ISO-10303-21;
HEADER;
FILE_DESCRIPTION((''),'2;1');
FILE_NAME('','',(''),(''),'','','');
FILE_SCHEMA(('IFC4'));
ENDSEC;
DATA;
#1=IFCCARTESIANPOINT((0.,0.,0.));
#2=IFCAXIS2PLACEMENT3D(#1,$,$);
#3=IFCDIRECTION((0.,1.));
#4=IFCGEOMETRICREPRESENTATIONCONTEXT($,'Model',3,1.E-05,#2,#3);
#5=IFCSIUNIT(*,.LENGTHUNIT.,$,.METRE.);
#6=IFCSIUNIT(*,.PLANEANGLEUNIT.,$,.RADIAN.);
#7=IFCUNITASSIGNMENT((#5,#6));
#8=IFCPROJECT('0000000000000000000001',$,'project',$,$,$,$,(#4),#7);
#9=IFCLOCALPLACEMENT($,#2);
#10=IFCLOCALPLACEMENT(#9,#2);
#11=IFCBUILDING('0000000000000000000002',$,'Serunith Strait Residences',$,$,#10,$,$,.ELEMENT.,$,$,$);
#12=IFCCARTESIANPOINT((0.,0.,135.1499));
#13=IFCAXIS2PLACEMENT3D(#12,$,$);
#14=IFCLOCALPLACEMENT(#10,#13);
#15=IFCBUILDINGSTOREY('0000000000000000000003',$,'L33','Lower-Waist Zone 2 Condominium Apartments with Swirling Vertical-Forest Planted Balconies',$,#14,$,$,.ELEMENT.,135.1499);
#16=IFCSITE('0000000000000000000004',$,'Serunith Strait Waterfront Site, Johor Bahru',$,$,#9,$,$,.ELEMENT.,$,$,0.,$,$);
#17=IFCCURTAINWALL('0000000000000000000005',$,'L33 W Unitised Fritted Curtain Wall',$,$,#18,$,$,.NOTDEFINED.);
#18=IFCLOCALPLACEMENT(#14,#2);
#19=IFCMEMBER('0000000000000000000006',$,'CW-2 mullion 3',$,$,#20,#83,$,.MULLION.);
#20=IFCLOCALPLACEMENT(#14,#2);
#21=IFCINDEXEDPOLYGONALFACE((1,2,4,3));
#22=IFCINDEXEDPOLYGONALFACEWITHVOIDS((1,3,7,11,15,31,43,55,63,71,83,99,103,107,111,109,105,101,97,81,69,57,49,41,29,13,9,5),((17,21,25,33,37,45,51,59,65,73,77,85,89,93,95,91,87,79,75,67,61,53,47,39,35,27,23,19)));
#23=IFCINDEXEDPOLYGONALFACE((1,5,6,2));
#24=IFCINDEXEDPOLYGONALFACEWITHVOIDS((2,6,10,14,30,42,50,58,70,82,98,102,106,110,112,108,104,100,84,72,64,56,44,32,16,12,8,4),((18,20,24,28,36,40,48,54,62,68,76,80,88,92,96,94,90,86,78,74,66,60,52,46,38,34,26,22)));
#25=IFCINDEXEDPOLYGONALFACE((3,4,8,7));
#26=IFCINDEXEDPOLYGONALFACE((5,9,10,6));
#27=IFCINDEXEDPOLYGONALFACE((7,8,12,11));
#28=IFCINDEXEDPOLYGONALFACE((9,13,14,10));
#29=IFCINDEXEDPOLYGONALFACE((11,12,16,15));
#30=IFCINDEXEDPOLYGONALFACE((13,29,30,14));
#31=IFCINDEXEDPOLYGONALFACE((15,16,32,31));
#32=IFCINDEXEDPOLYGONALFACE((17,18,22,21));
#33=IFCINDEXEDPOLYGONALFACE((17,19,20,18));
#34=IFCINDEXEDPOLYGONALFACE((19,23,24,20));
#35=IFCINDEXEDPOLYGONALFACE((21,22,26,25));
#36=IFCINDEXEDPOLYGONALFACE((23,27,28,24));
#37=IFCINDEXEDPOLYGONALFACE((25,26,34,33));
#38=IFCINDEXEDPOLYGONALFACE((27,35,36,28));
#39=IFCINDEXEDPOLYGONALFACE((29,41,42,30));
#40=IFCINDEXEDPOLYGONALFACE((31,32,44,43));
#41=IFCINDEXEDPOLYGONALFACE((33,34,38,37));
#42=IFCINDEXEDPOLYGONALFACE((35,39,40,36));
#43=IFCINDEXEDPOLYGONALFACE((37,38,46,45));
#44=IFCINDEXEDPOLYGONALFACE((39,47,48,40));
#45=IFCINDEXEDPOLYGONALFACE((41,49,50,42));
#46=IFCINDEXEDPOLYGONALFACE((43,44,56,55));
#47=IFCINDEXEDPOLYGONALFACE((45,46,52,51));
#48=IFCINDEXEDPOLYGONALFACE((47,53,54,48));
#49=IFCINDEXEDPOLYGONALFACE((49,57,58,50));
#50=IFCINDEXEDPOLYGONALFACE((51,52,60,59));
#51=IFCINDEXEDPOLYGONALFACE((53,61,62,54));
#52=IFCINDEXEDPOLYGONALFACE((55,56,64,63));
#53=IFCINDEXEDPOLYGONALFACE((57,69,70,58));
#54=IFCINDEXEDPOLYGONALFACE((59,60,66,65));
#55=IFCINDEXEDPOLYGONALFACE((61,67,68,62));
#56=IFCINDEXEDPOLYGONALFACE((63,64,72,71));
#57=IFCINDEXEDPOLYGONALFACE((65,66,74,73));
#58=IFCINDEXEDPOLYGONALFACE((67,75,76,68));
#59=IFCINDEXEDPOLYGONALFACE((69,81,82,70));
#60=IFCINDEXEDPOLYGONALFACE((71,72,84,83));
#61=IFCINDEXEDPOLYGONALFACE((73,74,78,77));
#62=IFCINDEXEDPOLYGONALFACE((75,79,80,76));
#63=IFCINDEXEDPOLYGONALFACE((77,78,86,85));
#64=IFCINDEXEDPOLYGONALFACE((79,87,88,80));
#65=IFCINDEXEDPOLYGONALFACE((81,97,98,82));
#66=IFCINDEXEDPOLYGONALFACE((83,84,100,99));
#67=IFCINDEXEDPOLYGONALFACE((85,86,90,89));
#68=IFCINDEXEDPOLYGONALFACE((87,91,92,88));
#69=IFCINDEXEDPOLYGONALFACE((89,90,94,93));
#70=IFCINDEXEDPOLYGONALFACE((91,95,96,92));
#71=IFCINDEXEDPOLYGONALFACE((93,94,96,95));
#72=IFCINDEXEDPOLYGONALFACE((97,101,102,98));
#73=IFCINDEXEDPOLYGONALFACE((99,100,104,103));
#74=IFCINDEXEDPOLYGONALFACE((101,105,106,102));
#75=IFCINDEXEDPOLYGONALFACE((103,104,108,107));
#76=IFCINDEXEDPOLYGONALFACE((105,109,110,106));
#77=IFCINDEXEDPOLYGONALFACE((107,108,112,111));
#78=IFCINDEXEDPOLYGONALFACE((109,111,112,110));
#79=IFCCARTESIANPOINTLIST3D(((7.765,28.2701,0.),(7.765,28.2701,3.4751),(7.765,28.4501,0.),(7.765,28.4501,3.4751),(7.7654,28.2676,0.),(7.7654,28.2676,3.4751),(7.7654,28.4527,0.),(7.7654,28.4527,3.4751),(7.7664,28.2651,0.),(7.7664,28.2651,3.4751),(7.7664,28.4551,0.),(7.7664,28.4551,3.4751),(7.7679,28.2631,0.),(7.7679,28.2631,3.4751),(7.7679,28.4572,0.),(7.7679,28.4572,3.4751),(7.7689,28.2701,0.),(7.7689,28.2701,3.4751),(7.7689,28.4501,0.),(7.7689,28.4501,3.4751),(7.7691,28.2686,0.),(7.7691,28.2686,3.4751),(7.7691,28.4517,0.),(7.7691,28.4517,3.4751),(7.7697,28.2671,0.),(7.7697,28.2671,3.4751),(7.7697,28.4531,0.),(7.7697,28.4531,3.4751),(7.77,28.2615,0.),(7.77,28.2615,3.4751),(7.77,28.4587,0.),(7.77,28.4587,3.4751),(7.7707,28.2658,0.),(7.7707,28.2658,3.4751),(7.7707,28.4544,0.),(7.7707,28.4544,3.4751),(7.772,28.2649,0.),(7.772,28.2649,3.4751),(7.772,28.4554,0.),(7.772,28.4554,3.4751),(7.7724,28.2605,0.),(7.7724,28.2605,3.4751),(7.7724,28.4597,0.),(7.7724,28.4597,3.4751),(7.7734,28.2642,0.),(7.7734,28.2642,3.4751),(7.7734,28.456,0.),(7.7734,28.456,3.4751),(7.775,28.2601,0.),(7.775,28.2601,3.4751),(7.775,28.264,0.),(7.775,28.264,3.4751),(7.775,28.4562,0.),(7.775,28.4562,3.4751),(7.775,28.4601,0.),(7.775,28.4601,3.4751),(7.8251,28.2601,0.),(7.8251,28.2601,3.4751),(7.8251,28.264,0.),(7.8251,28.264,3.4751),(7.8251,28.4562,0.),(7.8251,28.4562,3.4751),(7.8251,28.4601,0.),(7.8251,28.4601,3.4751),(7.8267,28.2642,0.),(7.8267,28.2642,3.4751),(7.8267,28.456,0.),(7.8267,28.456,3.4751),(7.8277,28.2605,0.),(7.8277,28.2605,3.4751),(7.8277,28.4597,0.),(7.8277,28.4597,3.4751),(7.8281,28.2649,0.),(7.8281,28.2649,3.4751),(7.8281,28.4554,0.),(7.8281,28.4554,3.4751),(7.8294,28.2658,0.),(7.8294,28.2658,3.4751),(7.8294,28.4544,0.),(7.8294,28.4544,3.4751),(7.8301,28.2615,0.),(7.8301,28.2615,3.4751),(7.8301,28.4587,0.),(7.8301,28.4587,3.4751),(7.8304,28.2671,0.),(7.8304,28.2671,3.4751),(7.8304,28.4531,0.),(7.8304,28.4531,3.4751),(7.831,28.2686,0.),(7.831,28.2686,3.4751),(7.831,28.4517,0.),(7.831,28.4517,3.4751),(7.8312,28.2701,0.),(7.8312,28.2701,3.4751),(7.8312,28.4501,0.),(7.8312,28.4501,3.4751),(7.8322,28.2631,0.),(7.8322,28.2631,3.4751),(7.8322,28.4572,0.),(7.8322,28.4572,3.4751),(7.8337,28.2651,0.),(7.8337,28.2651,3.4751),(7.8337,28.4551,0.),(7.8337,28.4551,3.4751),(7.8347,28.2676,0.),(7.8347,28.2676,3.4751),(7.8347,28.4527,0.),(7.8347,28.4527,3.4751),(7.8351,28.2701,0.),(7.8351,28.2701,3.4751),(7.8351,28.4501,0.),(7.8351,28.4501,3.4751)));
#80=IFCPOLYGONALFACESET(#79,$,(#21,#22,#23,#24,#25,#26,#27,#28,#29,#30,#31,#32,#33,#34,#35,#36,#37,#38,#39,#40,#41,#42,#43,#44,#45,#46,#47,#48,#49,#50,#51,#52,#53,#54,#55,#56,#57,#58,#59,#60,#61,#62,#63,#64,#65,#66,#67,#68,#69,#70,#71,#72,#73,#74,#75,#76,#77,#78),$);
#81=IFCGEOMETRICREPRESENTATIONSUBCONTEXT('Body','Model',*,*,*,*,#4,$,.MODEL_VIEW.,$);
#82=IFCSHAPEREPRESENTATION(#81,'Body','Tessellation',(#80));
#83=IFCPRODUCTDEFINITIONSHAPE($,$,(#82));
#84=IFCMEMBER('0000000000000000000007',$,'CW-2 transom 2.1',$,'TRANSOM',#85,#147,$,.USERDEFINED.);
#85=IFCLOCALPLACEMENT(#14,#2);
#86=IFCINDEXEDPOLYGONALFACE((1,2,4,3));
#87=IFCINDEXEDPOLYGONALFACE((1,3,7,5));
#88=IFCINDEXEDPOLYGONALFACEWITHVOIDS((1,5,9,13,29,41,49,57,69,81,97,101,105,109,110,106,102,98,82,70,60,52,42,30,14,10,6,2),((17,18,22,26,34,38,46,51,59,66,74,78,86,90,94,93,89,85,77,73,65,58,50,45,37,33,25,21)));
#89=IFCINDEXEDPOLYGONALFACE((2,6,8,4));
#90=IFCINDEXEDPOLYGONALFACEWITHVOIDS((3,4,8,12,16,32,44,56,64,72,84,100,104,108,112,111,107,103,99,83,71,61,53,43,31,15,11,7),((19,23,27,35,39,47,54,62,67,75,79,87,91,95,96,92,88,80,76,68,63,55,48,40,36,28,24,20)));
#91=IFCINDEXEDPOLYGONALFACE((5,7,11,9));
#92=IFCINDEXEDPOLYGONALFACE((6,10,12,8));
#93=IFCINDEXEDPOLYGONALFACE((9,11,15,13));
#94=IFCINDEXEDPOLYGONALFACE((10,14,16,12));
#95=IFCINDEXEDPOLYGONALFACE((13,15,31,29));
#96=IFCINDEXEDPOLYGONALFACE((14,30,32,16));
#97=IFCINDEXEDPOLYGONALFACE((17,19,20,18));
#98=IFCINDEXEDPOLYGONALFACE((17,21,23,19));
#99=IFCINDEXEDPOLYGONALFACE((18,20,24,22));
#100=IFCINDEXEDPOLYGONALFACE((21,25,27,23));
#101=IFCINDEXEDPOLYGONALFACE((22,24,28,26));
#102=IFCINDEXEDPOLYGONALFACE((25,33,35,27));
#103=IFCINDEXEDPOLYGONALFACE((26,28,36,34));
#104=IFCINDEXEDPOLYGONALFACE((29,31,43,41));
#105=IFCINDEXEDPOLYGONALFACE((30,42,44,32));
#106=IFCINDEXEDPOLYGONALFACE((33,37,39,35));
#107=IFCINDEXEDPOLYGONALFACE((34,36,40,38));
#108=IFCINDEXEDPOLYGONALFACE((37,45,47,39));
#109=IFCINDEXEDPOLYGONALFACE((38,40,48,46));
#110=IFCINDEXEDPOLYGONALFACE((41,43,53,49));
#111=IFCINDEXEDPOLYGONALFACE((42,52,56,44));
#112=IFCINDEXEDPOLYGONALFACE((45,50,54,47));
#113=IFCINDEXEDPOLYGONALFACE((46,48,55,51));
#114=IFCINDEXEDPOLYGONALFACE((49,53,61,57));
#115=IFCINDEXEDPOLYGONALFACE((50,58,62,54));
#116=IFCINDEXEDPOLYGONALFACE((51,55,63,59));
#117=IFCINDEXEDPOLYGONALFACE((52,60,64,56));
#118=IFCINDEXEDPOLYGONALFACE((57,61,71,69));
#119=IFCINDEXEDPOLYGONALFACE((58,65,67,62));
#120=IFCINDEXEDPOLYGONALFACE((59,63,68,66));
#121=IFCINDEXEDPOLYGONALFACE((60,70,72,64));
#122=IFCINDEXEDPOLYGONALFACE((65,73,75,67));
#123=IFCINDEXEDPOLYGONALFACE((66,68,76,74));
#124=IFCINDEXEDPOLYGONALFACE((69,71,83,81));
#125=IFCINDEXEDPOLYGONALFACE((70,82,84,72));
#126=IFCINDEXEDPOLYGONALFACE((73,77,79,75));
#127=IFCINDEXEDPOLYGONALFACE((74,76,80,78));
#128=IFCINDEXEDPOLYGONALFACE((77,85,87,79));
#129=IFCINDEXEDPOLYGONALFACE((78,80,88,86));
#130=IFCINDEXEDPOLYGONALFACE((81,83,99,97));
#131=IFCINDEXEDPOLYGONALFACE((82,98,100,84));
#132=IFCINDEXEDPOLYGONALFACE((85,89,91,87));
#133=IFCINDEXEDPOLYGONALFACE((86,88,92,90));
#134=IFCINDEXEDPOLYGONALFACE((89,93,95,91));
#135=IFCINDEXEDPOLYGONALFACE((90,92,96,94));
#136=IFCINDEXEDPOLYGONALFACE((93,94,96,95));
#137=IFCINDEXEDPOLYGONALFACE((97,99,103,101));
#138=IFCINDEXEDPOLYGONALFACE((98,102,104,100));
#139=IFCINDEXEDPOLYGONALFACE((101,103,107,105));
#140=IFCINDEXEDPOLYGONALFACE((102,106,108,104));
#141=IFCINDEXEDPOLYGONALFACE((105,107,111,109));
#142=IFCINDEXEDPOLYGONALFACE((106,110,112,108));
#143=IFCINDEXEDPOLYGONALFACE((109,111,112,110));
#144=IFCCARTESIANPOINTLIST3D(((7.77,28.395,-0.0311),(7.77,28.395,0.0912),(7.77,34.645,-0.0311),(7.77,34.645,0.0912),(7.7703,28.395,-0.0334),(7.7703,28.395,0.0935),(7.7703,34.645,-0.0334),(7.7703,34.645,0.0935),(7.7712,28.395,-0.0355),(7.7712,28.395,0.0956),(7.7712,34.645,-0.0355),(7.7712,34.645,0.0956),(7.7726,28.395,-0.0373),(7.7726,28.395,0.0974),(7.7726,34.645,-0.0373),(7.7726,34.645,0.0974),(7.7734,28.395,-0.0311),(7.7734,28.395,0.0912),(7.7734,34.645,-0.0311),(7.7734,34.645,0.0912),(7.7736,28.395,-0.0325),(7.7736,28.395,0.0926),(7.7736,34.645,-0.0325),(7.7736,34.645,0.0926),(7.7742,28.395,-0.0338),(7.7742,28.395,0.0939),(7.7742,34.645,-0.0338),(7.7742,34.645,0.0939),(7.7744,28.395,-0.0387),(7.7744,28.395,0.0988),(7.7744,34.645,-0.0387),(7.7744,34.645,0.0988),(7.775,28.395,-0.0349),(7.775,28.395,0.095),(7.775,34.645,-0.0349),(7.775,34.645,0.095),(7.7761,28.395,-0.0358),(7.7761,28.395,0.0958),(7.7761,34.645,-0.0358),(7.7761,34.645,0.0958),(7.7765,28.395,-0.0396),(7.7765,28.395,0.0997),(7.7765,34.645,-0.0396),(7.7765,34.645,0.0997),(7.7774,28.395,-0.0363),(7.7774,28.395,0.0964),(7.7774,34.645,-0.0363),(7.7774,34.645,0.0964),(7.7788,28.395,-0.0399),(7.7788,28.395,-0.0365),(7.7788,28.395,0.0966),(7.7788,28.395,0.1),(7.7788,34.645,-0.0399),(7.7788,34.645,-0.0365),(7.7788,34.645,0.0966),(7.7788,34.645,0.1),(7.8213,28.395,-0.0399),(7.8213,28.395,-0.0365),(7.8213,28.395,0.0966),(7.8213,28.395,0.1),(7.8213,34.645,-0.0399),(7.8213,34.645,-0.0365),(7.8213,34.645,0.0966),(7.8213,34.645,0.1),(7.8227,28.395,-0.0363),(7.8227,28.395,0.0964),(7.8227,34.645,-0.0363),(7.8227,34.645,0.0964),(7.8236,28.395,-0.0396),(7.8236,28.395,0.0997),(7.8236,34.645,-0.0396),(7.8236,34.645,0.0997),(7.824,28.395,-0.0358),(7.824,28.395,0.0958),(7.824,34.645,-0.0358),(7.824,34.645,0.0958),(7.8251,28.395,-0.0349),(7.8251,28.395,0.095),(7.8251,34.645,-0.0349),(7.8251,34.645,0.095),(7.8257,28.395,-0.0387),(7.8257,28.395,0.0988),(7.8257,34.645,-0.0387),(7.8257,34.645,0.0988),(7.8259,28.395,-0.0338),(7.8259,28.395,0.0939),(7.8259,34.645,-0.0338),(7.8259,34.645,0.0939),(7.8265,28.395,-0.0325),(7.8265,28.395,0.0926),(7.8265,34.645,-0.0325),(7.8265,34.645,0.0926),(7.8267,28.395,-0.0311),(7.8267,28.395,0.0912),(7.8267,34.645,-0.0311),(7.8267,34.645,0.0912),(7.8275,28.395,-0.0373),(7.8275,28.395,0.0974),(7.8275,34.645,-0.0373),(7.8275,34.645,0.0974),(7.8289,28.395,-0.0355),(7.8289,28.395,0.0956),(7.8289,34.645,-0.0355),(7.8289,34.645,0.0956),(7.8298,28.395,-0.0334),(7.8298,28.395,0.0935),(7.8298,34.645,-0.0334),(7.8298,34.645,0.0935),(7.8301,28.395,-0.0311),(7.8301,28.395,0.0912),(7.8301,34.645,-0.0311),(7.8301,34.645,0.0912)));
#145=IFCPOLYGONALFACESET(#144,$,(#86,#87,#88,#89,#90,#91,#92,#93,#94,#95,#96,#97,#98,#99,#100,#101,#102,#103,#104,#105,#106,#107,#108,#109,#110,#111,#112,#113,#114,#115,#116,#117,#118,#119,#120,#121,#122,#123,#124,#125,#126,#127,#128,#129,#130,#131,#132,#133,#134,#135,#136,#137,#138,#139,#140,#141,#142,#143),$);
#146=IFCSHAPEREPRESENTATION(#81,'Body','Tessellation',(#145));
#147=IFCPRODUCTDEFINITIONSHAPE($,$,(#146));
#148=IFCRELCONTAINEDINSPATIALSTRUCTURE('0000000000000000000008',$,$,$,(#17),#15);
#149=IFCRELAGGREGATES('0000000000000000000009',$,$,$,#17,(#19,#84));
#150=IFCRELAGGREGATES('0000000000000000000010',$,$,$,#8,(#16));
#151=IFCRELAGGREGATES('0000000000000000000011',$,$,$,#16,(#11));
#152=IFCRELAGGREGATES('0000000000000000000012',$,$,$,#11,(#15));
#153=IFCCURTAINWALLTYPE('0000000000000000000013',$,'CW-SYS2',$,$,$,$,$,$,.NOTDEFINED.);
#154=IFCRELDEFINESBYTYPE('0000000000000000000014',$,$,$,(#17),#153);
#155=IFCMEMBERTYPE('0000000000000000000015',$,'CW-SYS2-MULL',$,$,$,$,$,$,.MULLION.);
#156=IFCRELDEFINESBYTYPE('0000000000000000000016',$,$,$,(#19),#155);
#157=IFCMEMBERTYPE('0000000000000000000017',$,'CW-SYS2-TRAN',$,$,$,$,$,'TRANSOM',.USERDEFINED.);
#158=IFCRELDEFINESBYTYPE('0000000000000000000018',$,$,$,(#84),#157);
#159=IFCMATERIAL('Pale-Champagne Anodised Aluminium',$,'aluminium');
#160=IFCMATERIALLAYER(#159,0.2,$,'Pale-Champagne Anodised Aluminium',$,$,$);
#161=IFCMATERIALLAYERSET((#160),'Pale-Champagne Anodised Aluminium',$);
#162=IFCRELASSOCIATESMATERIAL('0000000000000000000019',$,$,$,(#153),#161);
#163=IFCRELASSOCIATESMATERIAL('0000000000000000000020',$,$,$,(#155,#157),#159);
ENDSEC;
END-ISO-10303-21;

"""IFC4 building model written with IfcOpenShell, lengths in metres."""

from ifc_helpers import new_model, si_unit, direction, frame, origin, origin_2d, place, context, subcontext, project, spatial, hollow_rectangle, extrude, source, transform, mapped, material, layer, layer_set, material_profile, profile_set, type_object, element, aggregate, save


model = new_model("IFC4")

# Units and contexts
model_context = context("Model", 3, precision=1e-05, world=origin(), true_north=direction((0.0, 1.0)))
body_context = subcontext(model_context, "Body", "Model", "MODEL_VIEW")
ifc_project = project(units=[si_unit("LENGTHUNIT", "METRE"), si_unit("PLANEANGLEUNIT", "RADIAN")], contexts=[model_context])

# Site, building, storey
site_placement = place(None, origin())
site = spatial("IfcSite", under=ifc_project, at=site_placement, Name="Serunith Strait Waterfront Site, Johor Bahru", CompositionType="ELEMENT", RefElevation=0.0)
building_placement = place(site_placement, origin())
building = spatial("IfcBuilding", under=site, at=building_placement, Name="Serunith Strait Residences", CompositionType="ELEMENT")
storey_placement = place(building_placement, frame((0.0, 0.0, 135.1499)))
storey = spatial("IfcBuildingStorey", under=building, at=storey_placement, Name="L33", Description="Lower-Waist Zone 2 Condominium Apartments with Swirling Vertical-Forest Planted Balconies", CompositionType="ELEMENT", Elevation=135.1499)

# Curtain wall, members
ifc_material_1 = material(Name="Pale-Champagne Anodised Aluminium", Category="aluminium")
ifc_layer_1 = layer(ifc_material_1, 0.2, Name="Pale-Champagne Anodised Aluminium")
ifc_layer_set_1 = layer_set([ifc_layer_1], Name="Pale-Champagne Anodised Aluminium")
curtain_wall_type = type_object("IfcCurtainWallType", Name="CW-SYS2", PredefinedType="NOTDEFINED", material=ifc_layer_set_1)
curtain_wall_placement = place(storey_placement, origin())
curtain_wall = element("IfcCurtainWall", 1, at=curtain_wall_placement, inside=storey, type_object=curtain_wall_type, Name="L33 W Unitised Fritted Curtain Wall", PredefinedType="NOTDEFINED")
ifc_material_profile_1 = material_profile(ifc_material_1, hollow_rectangle(XDim=0.0701, YDim=0.2, WallThickness=0.0039, InnerFilletRadius=0.0061, OuterFilletRadius=0.01, at=origin_2d()), Name="ALU 200x70x4")
ifc_profile_set_1 = profile_set([ifc_material_profile_1], Name="Pale-Champagne Anodised Aluminium")
member_type_1 = type_object("IfcMemberType", Name="CW-SYS2-MULL", PredefinedType="MULLION", material=ifc_profile_set_1)
shared_shape_1 = source(origin(), body_context, "Body", "SweptSolid", [
    extrude(hollow_rectangle(XDim=0.0701, YDim=0.2, WallThickness=0.0039, InnerFilletRadius=0.0061, OuterFilletRadius=0.01, at=origin_2d()), origin(), (0.0, 0.0, 1.0), 3.4751),
])
member_1_placement = place(storey_placement, frame((7.8, 28.3601, 0.0), z_axis=(0.0, 0.0, 1.0), x_axis=(1.0, 0.0, 0.0)))
member_1 = element("IfcMember", 2, at=member_1_placement, type_object=member_type_1, Name="CW-2 mullion 3", PredefinedType="MULLION", context=body_context, shape_type="MappedRepresentation", body=[
    mapped(shared_shape_1, transform((0.0, 0.0, 0.0), scale=1.0)),
])
ifc_material_profile_2 = material_profile(ifc_material_1, hollow_rectangle(XDim=0.0601, YDim=0.1399, WallThickness=0.0034, InnerFilletRadius=0.0054, OuterFilletRadius=0.0088, at=origin_2d()), Name="ALU 140x60x3.5")
ifc_profile_set_2 = profile_set([ifc_material_profile_2], Name="Pale-Champagne Anodised Aluminium")
member_type_2 = type_object("IfcMemberType", Name="CW-SYS2-TRAN", ElementType="TRANSOM", PredefinedType="USERDEFINED", material=ifc_profile_set_2)
shared_shape_2 = source(origin(), body_context, "Body", "SweptSolid", [
    extrude(hollow_rectangle(XDim=0.0601, YDim=0.1399, WallThickness=0.0034, InnerFilletRadius=0.0054, OuterFilletRadius=0.0088, at=origin_2d()), origin(), (0.0, 0.0, 1.0), 6.25),
])
member_2_placement = place(storey_placement, frame((7.8, 34.645, 0.03), z_axis=(0.0, -1.0, 0.0), x_axis=(1.0, 0.0, 0.0)))
member_2 = element("IfcMember", 3, at=member_2_placement, type_object=member_type_2, Name="CW-2 transom 2.1", ObjectType="TRANSOM", PredefinedType="USERDEFINED", context=body_context, shape_type="MappedRepresentation", body=[
    mapped(shared_shape_2, transform((0.0, 0.0, 0.0), scale=1.0)),
])
aggregate(curtain_wall, [member_1, member_2])

save(model, "model.ifc")
